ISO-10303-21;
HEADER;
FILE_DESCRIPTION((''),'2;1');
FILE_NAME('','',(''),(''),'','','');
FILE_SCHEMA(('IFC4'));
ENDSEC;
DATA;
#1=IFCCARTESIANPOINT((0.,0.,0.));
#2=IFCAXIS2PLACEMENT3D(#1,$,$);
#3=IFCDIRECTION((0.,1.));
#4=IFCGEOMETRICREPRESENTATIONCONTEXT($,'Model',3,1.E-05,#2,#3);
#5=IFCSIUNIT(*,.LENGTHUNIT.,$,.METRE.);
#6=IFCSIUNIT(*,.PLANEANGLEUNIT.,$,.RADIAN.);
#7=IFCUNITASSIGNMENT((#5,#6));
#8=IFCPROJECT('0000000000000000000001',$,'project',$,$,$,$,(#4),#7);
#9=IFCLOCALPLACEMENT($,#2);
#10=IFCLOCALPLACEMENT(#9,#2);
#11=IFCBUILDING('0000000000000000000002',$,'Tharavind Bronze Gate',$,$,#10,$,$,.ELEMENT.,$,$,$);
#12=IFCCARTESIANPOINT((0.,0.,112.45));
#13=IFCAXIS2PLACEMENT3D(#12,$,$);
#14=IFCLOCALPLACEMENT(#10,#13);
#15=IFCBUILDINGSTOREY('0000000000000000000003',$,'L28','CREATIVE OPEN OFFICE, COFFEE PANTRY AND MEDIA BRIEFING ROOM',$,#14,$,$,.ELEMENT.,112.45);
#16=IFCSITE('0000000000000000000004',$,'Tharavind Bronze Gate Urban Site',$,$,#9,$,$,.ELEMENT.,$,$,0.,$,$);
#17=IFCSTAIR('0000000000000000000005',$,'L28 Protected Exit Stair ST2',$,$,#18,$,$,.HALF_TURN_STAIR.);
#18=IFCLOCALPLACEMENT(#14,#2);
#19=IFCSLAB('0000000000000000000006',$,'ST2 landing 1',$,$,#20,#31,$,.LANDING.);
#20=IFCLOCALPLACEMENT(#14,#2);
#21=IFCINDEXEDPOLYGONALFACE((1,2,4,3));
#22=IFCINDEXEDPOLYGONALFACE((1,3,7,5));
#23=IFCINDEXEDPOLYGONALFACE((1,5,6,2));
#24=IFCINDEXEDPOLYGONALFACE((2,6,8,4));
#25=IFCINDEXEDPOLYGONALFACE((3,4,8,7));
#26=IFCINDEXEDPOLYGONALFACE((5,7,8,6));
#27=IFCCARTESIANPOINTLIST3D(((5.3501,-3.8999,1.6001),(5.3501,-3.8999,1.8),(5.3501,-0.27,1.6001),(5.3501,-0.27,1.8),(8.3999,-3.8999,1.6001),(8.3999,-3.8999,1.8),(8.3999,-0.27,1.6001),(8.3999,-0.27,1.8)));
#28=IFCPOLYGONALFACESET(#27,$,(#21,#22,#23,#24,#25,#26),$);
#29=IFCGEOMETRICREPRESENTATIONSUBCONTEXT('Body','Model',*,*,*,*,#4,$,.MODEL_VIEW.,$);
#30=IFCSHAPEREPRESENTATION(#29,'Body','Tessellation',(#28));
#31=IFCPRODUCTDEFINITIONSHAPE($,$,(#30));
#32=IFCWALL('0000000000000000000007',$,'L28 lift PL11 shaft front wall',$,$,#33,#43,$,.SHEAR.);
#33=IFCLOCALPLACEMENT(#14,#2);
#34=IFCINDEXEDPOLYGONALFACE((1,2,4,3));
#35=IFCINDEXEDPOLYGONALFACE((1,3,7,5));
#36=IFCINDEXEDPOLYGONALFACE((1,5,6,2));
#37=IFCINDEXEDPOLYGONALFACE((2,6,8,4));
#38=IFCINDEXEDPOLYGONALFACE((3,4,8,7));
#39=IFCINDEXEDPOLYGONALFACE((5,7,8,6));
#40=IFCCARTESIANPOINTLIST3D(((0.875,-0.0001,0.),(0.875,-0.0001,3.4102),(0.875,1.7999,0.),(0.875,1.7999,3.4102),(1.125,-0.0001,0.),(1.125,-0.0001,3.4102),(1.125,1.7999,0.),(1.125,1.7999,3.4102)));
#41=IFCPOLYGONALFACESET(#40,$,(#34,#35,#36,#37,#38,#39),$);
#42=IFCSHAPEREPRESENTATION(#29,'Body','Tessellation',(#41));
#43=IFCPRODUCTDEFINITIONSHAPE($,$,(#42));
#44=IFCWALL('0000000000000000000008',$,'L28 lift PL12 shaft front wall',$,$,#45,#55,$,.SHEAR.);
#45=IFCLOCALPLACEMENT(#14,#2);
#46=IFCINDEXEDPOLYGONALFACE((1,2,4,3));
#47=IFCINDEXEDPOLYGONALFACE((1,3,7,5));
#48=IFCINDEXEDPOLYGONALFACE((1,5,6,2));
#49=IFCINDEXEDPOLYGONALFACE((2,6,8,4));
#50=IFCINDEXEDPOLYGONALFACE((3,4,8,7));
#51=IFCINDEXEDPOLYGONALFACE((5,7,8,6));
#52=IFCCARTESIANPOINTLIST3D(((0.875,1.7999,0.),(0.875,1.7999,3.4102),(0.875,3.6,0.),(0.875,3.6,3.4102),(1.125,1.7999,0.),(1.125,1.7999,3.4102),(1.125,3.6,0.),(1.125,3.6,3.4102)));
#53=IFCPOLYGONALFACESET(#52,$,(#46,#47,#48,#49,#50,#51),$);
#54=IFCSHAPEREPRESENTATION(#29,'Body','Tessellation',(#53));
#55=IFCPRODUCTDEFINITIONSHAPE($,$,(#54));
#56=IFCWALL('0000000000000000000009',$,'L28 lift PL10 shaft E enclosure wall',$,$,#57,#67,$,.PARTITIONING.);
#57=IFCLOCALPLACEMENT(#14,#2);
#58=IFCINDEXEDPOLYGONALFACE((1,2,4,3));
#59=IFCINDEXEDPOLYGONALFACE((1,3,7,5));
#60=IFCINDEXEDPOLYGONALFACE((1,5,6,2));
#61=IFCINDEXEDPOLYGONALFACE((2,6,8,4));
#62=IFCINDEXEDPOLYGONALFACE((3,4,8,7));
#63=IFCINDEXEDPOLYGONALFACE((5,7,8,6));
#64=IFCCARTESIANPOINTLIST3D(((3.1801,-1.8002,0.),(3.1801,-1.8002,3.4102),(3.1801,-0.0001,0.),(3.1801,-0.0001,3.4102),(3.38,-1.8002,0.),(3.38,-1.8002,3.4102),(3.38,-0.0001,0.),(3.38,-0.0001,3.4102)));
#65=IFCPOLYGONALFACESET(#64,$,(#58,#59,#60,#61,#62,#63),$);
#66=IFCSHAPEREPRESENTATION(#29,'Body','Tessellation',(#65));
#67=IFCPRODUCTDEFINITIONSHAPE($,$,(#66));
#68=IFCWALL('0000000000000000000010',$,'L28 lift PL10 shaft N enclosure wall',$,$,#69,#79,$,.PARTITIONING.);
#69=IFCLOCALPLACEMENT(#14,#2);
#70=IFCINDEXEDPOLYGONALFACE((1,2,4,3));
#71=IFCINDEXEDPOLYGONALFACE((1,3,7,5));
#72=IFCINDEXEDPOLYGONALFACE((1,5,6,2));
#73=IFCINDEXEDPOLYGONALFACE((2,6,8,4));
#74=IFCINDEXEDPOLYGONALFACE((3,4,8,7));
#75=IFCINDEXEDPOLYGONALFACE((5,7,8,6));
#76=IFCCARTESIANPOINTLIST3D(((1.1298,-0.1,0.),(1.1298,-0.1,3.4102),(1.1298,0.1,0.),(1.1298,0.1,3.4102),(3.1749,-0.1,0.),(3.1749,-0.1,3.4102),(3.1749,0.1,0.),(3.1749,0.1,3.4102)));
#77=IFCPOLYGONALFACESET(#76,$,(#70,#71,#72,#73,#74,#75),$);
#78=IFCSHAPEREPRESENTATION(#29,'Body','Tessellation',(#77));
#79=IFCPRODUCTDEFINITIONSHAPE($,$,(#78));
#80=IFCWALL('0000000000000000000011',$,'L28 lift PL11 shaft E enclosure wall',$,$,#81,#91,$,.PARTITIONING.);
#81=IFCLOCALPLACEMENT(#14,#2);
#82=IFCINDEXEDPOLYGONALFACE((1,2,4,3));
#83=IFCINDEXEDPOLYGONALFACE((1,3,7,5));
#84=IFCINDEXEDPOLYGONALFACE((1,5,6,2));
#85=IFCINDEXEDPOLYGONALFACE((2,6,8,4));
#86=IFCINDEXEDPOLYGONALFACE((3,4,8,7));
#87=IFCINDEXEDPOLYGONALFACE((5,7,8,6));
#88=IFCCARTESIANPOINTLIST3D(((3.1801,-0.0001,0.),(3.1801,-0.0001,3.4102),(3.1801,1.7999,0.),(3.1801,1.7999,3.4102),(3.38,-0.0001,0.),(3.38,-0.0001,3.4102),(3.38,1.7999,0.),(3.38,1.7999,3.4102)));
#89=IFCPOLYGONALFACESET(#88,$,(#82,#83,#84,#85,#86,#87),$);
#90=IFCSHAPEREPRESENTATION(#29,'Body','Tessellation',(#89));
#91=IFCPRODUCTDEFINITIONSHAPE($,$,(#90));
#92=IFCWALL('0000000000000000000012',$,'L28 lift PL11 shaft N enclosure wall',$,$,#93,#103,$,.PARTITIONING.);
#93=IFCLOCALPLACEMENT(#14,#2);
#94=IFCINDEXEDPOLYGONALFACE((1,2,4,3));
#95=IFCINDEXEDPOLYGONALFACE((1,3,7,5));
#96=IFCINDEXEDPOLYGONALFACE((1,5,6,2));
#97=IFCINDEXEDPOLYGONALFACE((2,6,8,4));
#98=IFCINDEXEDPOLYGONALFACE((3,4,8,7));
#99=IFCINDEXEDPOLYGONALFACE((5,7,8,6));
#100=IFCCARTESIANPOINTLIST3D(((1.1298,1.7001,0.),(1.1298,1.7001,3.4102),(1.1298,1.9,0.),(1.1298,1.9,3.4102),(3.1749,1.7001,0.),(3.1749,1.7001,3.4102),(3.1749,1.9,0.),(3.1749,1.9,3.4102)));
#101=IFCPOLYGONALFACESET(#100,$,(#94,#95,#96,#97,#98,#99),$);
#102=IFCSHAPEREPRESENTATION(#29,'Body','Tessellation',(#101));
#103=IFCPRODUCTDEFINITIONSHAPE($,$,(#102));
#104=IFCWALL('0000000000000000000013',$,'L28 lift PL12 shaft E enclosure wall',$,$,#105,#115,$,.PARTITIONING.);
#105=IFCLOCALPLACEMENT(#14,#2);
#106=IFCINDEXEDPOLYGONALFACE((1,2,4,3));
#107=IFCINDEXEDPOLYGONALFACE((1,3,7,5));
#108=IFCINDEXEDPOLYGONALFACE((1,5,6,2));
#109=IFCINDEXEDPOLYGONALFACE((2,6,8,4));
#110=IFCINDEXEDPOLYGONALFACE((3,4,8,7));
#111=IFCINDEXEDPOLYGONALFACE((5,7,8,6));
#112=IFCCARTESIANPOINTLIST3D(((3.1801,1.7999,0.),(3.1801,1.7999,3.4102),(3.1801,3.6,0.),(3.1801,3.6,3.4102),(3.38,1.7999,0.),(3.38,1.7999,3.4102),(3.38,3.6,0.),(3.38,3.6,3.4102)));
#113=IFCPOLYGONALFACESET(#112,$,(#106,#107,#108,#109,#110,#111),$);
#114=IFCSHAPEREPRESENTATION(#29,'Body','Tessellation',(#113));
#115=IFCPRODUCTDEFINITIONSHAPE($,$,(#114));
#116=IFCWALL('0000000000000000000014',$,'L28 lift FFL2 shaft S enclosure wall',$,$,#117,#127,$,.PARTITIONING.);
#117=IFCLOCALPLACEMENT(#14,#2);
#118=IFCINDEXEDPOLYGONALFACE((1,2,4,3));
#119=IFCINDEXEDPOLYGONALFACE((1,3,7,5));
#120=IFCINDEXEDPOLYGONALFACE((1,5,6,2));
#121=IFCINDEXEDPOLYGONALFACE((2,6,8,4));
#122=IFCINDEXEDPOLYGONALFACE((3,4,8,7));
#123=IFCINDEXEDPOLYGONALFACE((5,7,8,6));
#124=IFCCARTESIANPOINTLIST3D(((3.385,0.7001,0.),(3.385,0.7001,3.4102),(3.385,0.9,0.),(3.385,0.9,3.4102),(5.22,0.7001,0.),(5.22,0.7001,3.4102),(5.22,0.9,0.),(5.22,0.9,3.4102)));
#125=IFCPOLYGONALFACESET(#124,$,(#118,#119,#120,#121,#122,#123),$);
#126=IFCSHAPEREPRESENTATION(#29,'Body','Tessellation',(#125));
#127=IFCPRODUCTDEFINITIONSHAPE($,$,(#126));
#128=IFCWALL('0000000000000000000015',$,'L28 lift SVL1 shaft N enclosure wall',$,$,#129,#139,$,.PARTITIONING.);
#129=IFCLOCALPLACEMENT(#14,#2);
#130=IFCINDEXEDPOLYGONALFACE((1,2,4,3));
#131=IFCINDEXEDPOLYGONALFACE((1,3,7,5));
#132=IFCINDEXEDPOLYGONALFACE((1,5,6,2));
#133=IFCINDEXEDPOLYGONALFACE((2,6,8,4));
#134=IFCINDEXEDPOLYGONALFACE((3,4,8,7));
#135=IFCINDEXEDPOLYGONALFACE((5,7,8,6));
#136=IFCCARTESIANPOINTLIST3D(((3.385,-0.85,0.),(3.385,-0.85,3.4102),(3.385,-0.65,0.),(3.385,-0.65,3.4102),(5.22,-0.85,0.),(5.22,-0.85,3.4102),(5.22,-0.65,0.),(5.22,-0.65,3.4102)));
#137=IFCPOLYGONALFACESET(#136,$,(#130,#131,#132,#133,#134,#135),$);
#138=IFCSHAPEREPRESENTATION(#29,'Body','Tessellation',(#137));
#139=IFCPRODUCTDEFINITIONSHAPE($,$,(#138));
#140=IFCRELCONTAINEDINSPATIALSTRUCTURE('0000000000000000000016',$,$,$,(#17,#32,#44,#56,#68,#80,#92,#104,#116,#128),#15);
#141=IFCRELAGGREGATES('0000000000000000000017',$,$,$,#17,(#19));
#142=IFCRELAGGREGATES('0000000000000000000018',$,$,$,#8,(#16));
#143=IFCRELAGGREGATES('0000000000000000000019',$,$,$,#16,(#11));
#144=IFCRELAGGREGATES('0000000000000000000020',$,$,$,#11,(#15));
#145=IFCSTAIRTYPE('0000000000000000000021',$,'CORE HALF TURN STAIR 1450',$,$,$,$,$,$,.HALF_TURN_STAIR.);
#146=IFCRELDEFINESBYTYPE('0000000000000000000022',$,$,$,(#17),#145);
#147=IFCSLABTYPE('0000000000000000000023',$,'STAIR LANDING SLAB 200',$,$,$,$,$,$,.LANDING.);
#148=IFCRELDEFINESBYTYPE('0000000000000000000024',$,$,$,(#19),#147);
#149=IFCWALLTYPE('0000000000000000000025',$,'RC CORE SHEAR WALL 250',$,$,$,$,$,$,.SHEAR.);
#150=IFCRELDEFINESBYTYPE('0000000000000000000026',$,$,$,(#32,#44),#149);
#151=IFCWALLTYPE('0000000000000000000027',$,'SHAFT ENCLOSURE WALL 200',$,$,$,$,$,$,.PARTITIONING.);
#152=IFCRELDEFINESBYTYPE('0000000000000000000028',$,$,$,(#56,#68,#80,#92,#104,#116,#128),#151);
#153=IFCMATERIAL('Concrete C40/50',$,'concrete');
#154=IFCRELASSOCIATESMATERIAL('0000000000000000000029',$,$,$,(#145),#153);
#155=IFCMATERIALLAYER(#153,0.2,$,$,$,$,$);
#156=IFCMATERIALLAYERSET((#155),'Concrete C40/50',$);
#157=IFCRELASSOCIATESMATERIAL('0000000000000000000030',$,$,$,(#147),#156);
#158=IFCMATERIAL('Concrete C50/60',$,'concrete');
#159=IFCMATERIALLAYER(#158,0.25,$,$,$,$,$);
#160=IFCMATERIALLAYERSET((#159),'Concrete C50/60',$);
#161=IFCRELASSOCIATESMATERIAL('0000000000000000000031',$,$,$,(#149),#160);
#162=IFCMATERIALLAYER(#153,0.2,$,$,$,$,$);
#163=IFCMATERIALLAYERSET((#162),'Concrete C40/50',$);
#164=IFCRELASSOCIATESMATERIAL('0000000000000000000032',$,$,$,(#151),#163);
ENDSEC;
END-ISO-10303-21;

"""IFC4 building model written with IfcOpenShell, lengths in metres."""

from ifc_helpers import new_model, si_unit, direction, frame, frame_2d, origin, place, context, subcontext, project, spatial, polyline, rectangle, outline, extrude, material, layer, layer_set, type_object, element, aggregate, save


model = new_model("IFC4")

# Units and contexts
model_context = context("Model", 3, precision=1e-05, world=origin(), true_north=direction((0.0, 1.0)))
body_context = subcontext(model_context, "Body", "Model", "MODEL_VIEW")
ifc_project = project(units=[si_unit("LENGTHUNIT", "METRE"), si_unit("PLANEANGLEUNIT", "RADIAN")], contexts=[model_context])

# Site, building, storey
site_placement = place(None, origin())
site = spatial("IfcSite", under=ifc_project, at=site_placement, Name="Tharavind Bronze Gate Urban Site", CompositionType="ELEMENT", RefElevation=0.0)
building_placement = place(site_placement, origin())
building = spatial("IfcBuilding", under=site, at=building_placement, Name="Tharavind Bronze Gate", CompositionType="ELEMENT")
storey_placement = place(building_placement, frame((0.0, 0.0, 112.45)))
storey = spatial("IfcBuildingStorey", under=building, at=storey_placement, Name="L28", Description="CREATIVE OPEN OFFICE, COFFEE PANTRY AND MEDIA BRIEFING ROOM", CompositionType="ELEMENT", Elevation=112.45)

# Stair, slab
ifc_material_1 = material(Name="Concrete C40/50", Category="concrete")
stair_type = type_object("IfcStairType", Name="CORE HALF TURN STAIR 1450", PredefinedType="HALF_TURN_STAIR", material=ifc_material_1)
stair_placement = place(storey_placement, origin())
stair = element("IfcStair", 1, at=stair_placement, inside=storey, type_object=stair_type, Name="L28 Protected Exit Stair ST2", PredefinedType="HALF_TURN_STAIR")
ifc_layer_1 = layer(ifc_material_1, 0.2)
ifc_layer_set_1 = layer_set([ifc_layer_1], Name="Concrete C40/50")
slab_type = type_object("IfcSlabType", Name="STAIR LANDING SLAB 200", PredefinedType="LANDING", material=ifc_layer_set_1)
slab_placement = place(storey_placement, frame((0.0, 0.0, 1.6001)))
slab = element("IfcSlab", 2, at=slab_placement, type_object=slab_type, Name="ST2 landing 1", PredefinedType="LANDING", context=body_context, shape_type="SweptSolid", body=[
    extrude(outline(polyline([(5.3501, -0.27), (5.3501, -3.8999), (8.3999, -3.8999), (8.3999, -0.27), (5.3501, -0.27)])), origin(), (0.0, 0.0, 1.0), 0.2),
])
aggregate(stair, [slab])

# Walls
ifc_material_2 = material(Name="Concrete C50/60", Category="concrete")
ifc_layer_2 = layer(ifc_material_2, 0.25)
ifc_layer_set_2 = layer_set([ifc_layer_2], Name="Concrete C50/60")
wall_type_1 = type_object("IfcWallType", Name="RC CORE SHEAR WALL 250", PredefinedType="SHEAR", material=ifc_layer_set_2)
for number, where, z_axis, x_axis, name in (
    (3, (1.0, 0.0, 0.0), (0.0, 0.0, 1.0), (0.0, 1.0, 0.0), "L28 lift PL11 shaft front wall"),
    (4, (1.0, 1.8, 0.0), (0.0, 0.0, 1.0), (0.0, 1.0, 0.0), "L28 lift PL12 shaft front wall"),
):
    element("IfcWall", number, at=place(storey_placement, frame(where, z_axis=z_axis, x_axis=x_axis)), inside=storey, type_object=wall_type_1, Name=name, PredefinedType="SHEAR", context=body_context, shape_type="SweptSolid", body=[
        extrude(rectangle(XDim=1.8, YDim=0.25, at=frame_2d((0.8999, 0.0))), origin(), (0.0, 0.0, 1.0), 3.4102),
    ])
ifc_layer_3 = layer(ifc_material_1, 0.2)
ifc_layer_set_3 = layer_set([ifc_layer_3], Name="Concrete C40/50")
wall_type_2 = type_object("IfcWallType", Name="SHAFT ENCLOSURE WALL 200", PredefinedType="PARTITIONING", material=ifc_layer_set_3)
wall_1_placement = place(storey_placement, frame((3.28, -1.8, 0.0), z_axis=(0.0, 0.0, 1.0), x_axis=(0.0, 1.0, 0.0)))
element("IfcWall", 5, at=wall_1_placement, inside=storey, type_object=wall_type_2, Name="L28 lift PL10 shaft E enclosure wall", PredefinedType="PARTITIONING", context=body_context, shape_type="SweptSolid", body=[
    extrude(rectangle(XDim=1.8, YDim=0.2, at=frame_2d((0.8999, 0.0))), origin(), (0.0, 0.0, 1.0), 3.4102),
])
wall_2_placement = place(storey_placement, frame((1.1299, 0.0, 0.0), z_axis=(0.0, 0.0, 1.0), x_axis=(1.0, 0.0, 0.0)))
element("IfcWall", 6, at=wall_2_placement, inside=storey, type_object=wall_type_2, Name="L28 lift PL10 shaft N enclosure wall", PredefinedType="PARTITIONING", context=body_context, shape_type="SweptSolid", body=[
    extrude(rectangle(XDim=2.0452, YDim=0.2, at=frame_2d((1.0225, 0.0))), origin(), (0.0, 0.0, 1.0), 3.4102),
])
wall_3_placement = place(storey_placement, frame((3.28, 0.0, 0.0), z_axis=(0.0, 0.0, 1.0), x_axis=(0.0, 1.0, 0.0)))
element("IfcWall", 7, at=wall_3_placement, inside=storey, type_object=wall_type_2, Name="L28 lift PL11 shaft E enclosure wall", PredefinedType="PARTITIONING", context=body_context, shape_type="SweptSolid", body=[
    extrude(rectangle(XDim=1.8, YDim=0.2, at=frame_2d((0.8999, 0.0))), origin(), (0.0, 0.0, 1.0), 3.4102),
])
wall_4_placement = place(storey_placement, frame((1.1299, 1.8, 0.0), z_axis=(0.0, 0.0, 1.0), x_axis=(1.0, 0.0, 0.0)))
element("IfcWall", 8, at=wall_4_placement, inside=storey, type_object=wall_type_2, Name="L28 lift PL11 shaft N enclosure wall", PredefinedType="PARTITIONING", context=body_context, shape_type="SweptSolid", body=[
    extrude(rectangle(XDim=2.0452, YDim=0.2, at=frame_2d((1.0225, 0.0))), origin(), (0.0, 0.0, 1.0), 3.4102),
])
wall_5_placement = place(storey_placement, frame((3.28, 1.8, 0.0), z_axis=(0.0, 0.0, 1.0), x_axis=(0.0, 1.0, 0.0)))
element("IfcWall", 9, at=wall_5_placement, inside=storey, type_object=wall_type_2, Name="L28 lift PL12 shaft E enclosure wall", PredefinedType="PARTITIONING", context=body_context, shape_type="SweptSolid", body=[
    extrude(rectangle(XDim=1.8, YDim=0.2, at=frame_2d((0.8999, 0.0))), origin(), (0.0, 0.0, 1.0), 3.4102),
])
for number, where, z_axis, x_axis, name in (
    (10, (3.385, 0.8, 0.0), (0.0, 0.0, 1.0), (1.0, 0.0, 0.0), "L28 lift FFL2 shaft S enclosure wall"),
    (11, (3.385, -0.75, 0.0), (0.0, 0.0, 1.0), (1.0, 0.0, 0.0), "L28 lift SVL1 shaft N enclosure wall"),
):
    element("IfcWall", number, at=place(storey_placement, frame(where, z_axis=z_axis, x_axis=x_axis)), inside=storey, type_object=wall_type_2, Name=name, PredefinedType="PARTITIONING", context=body_context, shape_type="SweptSolid", body=[
        extrude(rectangle(XDim=1.835, YDim=0.2, at=frame_2d((0.9175, 0.0))), origin(), (0.0, 0.0, 1.0), 3.4102),
    ])

save(model, "model.ifc")
